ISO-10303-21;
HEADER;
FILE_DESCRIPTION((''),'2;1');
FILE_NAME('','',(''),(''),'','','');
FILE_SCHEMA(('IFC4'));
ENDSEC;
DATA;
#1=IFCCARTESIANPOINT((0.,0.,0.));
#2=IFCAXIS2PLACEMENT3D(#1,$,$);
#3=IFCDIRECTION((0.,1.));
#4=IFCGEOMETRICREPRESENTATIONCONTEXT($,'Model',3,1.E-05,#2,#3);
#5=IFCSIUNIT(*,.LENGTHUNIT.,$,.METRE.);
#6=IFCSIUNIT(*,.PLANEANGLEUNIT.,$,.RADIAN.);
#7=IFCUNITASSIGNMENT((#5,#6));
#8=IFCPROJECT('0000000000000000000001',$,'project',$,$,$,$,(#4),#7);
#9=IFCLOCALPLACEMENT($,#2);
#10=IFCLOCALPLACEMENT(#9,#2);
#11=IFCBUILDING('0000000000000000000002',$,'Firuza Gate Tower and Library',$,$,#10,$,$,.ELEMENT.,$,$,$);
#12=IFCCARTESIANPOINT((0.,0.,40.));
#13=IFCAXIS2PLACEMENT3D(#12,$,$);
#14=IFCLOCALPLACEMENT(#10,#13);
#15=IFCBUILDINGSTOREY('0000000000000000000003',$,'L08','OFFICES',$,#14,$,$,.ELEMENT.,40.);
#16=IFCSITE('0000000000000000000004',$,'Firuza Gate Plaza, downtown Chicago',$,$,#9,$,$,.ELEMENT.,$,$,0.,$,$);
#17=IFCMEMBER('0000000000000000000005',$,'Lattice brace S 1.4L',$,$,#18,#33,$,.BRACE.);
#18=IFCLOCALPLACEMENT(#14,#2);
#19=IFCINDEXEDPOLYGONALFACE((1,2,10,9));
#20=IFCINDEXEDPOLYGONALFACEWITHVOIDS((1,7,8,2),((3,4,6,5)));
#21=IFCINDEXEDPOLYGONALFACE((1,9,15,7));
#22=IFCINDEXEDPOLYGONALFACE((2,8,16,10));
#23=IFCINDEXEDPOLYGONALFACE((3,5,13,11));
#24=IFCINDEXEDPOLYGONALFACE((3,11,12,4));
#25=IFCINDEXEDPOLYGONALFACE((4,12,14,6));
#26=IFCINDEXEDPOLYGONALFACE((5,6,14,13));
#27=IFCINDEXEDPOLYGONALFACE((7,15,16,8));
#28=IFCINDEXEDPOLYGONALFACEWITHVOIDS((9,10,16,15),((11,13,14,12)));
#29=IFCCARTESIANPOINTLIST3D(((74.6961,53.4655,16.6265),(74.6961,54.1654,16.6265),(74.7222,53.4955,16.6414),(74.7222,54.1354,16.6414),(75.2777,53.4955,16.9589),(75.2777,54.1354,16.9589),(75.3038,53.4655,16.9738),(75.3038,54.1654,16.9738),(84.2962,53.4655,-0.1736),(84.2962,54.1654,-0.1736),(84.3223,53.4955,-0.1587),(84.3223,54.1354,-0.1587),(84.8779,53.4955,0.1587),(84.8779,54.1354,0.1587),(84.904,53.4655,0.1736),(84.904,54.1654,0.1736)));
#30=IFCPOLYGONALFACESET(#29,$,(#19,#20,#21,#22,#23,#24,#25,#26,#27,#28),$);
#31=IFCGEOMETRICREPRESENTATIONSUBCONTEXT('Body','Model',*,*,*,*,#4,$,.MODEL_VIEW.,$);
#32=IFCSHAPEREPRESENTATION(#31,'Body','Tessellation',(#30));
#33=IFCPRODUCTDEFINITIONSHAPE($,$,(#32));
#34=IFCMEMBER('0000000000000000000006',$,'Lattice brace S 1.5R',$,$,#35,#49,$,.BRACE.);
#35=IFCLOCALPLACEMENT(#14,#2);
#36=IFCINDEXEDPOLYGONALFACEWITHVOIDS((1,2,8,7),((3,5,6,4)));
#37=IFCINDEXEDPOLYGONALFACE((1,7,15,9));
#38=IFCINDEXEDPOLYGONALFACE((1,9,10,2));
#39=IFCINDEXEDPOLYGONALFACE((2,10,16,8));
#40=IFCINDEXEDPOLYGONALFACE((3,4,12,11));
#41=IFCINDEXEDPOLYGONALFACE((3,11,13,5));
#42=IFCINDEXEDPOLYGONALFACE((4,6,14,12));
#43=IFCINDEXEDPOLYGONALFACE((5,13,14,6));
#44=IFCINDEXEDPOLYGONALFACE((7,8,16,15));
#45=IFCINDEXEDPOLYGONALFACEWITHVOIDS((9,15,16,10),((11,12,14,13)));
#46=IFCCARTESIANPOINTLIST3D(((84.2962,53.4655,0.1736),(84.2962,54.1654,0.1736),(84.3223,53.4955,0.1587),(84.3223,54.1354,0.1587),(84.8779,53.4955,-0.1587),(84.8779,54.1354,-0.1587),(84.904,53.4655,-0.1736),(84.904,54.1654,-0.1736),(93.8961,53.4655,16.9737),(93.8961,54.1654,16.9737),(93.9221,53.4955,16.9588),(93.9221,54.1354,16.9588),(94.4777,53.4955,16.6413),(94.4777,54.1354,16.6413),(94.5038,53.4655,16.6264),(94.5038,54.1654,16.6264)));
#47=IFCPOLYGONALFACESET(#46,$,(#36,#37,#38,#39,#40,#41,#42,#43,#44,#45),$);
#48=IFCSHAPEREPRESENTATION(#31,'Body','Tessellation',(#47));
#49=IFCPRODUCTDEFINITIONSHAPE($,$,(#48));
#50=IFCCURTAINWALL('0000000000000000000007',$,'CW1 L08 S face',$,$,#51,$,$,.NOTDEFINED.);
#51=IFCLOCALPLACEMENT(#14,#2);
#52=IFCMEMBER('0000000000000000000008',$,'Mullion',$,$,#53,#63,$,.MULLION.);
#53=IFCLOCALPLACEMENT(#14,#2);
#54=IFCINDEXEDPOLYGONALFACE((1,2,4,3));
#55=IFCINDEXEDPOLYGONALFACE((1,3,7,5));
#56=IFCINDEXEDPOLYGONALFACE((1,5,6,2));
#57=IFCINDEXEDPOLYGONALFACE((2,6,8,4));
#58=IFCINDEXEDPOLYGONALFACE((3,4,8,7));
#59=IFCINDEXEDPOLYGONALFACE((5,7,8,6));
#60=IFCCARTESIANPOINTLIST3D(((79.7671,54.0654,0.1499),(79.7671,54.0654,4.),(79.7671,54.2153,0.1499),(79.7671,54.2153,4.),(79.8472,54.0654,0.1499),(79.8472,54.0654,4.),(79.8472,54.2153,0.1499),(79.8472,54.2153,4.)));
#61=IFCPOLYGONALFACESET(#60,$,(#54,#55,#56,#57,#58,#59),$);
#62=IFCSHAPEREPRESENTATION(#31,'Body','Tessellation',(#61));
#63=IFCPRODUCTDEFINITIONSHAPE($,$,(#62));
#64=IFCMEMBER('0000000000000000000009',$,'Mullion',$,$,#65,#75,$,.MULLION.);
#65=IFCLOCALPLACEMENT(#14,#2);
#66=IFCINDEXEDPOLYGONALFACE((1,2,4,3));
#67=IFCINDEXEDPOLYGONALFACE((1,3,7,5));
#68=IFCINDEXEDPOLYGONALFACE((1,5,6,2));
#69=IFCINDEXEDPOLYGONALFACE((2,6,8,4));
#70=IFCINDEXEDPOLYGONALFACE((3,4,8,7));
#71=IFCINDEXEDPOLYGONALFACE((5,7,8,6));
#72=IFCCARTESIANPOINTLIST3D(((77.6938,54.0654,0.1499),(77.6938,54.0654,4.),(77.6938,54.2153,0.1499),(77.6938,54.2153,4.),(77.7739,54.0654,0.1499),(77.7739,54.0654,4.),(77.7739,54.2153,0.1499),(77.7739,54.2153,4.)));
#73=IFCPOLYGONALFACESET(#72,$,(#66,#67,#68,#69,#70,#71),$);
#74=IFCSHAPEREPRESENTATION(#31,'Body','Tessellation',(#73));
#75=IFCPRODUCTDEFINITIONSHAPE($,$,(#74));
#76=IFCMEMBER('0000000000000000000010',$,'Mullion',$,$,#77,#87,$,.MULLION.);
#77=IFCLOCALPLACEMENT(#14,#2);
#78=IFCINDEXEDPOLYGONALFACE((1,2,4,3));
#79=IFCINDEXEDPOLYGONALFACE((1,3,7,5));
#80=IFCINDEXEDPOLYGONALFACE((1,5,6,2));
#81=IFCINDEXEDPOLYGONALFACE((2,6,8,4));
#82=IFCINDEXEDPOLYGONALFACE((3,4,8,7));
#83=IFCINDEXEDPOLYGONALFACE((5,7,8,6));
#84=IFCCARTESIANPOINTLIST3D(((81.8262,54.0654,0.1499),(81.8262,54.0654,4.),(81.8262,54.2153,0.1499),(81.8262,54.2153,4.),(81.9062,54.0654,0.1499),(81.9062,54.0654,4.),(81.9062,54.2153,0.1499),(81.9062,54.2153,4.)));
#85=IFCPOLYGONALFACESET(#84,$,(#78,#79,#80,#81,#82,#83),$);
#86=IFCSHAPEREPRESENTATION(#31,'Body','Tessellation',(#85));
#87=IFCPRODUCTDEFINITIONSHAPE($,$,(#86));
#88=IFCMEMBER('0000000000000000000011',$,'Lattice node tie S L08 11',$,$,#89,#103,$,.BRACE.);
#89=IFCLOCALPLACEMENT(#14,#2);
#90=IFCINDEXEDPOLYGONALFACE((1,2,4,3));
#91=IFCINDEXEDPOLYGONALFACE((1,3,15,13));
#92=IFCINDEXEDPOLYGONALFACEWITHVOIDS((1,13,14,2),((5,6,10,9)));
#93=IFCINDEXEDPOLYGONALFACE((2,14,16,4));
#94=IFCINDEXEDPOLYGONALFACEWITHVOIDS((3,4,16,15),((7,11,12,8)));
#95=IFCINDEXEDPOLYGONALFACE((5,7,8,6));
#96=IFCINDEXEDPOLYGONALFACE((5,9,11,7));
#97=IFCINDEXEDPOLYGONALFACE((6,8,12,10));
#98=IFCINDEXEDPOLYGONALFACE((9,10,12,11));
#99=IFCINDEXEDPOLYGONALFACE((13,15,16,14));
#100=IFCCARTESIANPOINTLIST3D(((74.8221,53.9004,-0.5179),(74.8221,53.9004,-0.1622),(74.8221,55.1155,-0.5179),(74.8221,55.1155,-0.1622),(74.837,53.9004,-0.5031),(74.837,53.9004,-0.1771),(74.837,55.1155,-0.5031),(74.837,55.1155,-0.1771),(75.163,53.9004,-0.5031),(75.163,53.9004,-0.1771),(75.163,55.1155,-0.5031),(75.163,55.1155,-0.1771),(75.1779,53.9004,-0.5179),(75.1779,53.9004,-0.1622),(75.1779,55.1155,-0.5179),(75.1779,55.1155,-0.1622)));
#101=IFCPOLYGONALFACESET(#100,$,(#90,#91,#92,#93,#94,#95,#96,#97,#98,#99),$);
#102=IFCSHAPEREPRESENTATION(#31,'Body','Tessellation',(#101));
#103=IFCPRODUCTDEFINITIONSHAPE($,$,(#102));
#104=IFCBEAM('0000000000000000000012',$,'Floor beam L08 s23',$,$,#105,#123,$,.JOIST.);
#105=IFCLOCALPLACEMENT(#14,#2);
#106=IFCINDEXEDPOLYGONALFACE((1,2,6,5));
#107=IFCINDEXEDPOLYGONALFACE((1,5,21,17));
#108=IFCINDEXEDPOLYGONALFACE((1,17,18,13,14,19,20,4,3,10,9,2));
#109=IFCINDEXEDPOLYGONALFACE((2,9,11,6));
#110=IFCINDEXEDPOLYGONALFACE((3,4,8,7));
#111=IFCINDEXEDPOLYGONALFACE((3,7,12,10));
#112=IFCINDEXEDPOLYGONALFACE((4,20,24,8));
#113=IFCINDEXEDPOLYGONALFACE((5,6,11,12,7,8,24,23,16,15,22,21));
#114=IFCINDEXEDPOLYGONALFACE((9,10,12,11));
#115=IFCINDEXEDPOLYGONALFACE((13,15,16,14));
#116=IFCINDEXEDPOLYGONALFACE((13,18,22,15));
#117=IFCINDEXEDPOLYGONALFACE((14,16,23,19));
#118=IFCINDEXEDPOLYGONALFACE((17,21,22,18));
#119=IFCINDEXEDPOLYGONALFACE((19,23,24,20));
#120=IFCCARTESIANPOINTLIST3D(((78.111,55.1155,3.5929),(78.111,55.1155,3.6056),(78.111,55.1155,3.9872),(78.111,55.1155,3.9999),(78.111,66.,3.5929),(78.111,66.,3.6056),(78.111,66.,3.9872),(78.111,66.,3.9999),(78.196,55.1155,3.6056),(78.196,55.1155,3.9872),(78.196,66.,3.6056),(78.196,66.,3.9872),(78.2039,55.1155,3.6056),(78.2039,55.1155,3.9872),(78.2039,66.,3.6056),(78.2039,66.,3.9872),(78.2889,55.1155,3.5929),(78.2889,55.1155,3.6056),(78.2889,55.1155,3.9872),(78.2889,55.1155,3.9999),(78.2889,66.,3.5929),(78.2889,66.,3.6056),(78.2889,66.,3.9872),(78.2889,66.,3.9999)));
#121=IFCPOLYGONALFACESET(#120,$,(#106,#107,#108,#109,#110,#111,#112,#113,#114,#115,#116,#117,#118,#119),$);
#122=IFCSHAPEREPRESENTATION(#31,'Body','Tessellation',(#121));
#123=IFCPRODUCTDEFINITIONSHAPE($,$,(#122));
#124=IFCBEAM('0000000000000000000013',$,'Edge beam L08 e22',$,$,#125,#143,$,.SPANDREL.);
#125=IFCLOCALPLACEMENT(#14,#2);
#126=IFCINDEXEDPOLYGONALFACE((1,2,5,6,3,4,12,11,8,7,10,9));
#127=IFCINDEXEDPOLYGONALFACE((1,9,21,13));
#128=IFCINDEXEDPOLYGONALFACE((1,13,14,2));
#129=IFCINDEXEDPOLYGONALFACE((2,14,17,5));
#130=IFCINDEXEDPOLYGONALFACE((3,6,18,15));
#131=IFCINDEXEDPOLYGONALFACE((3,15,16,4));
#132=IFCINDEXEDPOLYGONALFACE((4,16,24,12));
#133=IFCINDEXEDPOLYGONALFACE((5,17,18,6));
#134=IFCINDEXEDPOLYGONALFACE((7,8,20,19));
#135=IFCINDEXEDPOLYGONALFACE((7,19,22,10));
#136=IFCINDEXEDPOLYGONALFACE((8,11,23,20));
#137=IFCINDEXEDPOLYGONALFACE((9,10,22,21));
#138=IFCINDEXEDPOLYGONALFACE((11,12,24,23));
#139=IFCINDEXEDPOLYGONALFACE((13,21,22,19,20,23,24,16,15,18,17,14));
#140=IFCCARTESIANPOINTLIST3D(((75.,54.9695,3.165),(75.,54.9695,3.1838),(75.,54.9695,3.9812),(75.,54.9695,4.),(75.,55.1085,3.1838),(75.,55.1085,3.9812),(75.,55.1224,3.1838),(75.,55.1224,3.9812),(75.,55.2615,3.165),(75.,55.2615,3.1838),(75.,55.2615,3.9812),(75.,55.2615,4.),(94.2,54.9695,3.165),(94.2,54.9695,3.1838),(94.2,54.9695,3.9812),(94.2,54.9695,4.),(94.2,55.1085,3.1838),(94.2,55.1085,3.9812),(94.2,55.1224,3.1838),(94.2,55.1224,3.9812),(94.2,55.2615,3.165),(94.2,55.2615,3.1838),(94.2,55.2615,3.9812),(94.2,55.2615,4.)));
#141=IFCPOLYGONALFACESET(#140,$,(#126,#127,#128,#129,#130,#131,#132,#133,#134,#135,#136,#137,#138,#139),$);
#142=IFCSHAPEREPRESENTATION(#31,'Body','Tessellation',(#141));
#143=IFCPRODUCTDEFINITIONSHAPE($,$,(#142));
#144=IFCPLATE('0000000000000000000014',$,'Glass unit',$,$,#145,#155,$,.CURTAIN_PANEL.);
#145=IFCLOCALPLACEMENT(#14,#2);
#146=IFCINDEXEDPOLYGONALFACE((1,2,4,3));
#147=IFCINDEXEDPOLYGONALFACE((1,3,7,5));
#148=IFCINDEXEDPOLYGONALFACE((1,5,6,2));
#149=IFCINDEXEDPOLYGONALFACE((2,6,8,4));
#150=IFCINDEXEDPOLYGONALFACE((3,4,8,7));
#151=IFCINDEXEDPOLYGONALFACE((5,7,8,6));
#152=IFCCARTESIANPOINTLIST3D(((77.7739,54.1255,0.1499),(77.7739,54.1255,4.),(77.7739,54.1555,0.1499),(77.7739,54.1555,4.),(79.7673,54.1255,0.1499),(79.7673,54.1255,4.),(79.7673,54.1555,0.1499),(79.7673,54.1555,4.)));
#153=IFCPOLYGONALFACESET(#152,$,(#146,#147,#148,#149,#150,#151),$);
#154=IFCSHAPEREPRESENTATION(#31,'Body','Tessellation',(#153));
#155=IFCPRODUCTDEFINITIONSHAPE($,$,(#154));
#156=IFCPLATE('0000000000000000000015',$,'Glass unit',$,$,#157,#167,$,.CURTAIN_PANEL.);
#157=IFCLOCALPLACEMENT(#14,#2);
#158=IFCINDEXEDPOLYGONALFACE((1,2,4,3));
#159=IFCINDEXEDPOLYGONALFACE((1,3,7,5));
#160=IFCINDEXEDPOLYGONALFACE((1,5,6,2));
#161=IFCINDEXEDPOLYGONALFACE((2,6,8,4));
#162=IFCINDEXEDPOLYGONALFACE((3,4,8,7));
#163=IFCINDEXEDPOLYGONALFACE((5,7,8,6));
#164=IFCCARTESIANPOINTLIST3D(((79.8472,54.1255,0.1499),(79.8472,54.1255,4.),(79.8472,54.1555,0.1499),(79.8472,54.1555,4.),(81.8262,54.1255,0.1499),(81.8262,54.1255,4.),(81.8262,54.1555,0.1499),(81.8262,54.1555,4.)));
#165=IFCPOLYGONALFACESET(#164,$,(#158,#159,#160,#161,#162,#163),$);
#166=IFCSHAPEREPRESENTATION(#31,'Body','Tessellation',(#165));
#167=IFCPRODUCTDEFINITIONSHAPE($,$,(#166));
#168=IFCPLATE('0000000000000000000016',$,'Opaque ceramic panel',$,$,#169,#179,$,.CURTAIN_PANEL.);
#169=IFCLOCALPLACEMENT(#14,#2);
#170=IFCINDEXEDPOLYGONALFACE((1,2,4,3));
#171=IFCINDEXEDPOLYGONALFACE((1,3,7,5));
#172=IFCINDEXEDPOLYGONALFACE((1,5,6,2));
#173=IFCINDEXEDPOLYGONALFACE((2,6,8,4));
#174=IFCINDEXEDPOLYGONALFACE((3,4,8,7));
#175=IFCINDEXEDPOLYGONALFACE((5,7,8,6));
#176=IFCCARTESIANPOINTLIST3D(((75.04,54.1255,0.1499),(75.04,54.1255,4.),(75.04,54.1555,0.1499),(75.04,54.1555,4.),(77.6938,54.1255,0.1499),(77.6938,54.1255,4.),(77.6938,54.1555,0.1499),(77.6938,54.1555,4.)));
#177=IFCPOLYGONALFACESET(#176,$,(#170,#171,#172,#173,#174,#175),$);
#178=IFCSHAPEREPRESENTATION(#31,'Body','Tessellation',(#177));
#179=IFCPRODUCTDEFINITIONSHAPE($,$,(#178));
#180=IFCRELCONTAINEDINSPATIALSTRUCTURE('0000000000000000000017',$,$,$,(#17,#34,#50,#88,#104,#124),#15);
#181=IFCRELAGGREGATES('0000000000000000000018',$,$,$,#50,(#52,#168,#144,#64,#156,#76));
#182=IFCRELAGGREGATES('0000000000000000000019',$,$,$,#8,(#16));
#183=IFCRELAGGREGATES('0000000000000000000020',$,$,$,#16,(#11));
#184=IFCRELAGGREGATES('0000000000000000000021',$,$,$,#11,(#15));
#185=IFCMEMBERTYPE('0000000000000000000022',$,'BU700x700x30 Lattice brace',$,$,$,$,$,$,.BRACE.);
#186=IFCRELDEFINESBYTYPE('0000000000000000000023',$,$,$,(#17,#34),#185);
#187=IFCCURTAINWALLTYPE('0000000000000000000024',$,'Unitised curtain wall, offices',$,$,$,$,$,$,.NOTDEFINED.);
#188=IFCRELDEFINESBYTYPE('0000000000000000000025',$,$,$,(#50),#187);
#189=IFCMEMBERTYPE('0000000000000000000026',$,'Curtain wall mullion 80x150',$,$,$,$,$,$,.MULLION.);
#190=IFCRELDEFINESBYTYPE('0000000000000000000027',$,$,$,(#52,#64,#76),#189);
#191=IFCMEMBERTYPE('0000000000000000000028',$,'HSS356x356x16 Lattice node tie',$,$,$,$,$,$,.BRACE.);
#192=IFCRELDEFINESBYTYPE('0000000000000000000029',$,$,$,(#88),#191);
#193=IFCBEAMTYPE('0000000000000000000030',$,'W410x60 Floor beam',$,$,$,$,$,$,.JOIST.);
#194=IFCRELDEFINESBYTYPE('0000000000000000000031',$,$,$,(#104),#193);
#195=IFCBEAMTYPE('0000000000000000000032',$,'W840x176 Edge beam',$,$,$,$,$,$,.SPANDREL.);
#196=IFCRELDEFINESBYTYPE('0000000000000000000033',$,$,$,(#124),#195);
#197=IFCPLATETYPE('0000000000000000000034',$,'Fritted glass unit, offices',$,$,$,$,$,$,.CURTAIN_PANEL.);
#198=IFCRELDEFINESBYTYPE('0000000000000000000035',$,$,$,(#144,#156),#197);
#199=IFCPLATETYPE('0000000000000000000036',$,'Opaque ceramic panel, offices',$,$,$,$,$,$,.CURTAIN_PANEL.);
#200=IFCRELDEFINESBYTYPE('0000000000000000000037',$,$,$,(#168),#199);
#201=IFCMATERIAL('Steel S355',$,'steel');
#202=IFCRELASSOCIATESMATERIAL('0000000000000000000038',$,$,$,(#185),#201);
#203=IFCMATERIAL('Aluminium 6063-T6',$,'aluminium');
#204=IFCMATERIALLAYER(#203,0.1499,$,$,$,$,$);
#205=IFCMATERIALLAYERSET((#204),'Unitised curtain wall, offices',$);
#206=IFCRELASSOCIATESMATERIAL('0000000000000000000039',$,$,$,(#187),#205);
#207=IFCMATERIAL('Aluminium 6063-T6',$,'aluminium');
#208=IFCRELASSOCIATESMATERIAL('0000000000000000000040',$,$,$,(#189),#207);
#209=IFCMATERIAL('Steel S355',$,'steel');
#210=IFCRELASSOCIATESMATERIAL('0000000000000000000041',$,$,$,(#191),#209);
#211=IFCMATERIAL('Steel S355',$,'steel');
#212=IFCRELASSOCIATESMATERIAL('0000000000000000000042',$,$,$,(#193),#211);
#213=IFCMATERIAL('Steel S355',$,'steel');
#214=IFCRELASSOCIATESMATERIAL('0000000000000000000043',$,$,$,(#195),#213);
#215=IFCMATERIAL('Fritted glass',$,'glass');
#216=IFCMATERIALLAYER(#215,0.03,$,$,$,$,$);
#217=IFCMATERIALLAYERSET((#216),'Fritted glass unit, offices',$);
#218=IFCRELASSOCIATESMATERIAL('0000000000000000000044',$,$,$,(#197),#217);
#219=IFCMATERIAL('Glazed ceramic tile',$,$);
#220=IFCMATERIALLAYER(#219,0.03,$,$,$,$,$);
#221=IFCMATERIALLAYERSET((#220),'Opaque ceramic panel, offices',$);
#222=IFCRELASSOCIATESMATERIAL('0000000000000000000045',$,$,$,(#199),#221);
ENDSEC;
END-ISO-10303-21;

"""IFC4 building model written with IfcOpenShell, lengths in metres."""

from ifc_helpers import new_model, si_unit, direction, frame, origin, origin_2d, place, context, subcontext, project, spatial, polyline, rectangle, hollow_rectangle, i_section, outline, extrude, material, layer, layer_set, material_profile, profile_set, type_object, element, aggregate, save


model = new_model("IFC4")

# Units and contexts
model_context = context("Model", 3, precision=1e-05, world=origin(), true_north=direction((0.0, 1.0)))
body_context = subcontext(model_context, "Body", "Model", "MODEL_VIEW")
ifc_project = project(units=[si_unit("LENGTHUNIT", "METRE"), si_unit("PLANEANGLEUNIT", "RADIAN")], contexts=[model_context])

# Site, building, storey
site_placement = place(None, origin())
site = spatial("IfcSite", under=ifc_project, at=site_placement, Name="Firuza Gate Plaza, downtown Chicago", CompositionType="ELEMENT", RefElevation=0.0)
building_placement = place(site_placement, origin())
building = spatial("IfcBuilding", under=site, at=building_placement, Name="Firuza Gate Tower and Library", CompositionType="ELEMENT")
storey_placement = place(building_placement, frame((0.0, 0.0, 40.0)))
storey = spatial("IfcBuildingStorey", under=building, at=storey_placement, Name="L08", Description="OFFICES", CompositionType="ELEMENT", Elevation=40.0)

# Members
ifc_material_1 = material(Name="Steel S355", Category="steel")
ifc_material_profile_1 = material_profile(ifc_material_1, hollow_rectangle(XDim=0.7, YDim=0.7, WallThickness=0.03, at=origin_2d()))
ifc_profile_set_1 = profile_set([ifc_material_profile_1], Name="Steel S355")
member_type_1 = type_object("IfcMemberType", Name="BU700x700x30 Lattice brace", PredefinedType="BRACE", material=ifc_profile_set_1)
member_1_placement = place(storey_placement, frame((84.6001, 53.8154, 0.0), z_axis=(-0.496142, 0.0, 0.868242), x_axis=(0.0, -1.0, 0.0)))
element("IfcMember", 1, at=member_1_placement, inside=storey, type_object=member_type_1, Name="Lattice brace S 1.4L", PredefinedType="BRACE", context=body_context, shape_type="SweptSolid", body=[
    extrude(hollow_rectangle(XDim=0.7, YDim=0.7, WallThickness=0.03, at=origin_2d()), origin(), (0.0, 0.0, 1.0), 19.3496),
])
member_2_placement = place(storey_placement, frame((84.6001, 53.8154, 0.0), z_axis=(0.496132, 0.0, 0.868247), x_axis=(0.0, 1.0, 0.0)))
element("IfcMember", 2, at=member_2_placement, inside=storey, type_object=member_type_1, Name="Lattice brace S 1.5R", PredefinedType="BRACE", context=body_context, shape_type="SweptSolid", body=[
    extrude(hollow_rectangle(XDim=0.7, YDim=0.7, WallThickness=0.03, at=origin_2d()), origin(), (0.0, 0.0, 1.0), 19.3494),
])

# Curtain wall, members
ifc_material_2 = material(Name="Aluminium 6063-T6", Category="aluminium")
ifc_layer_1 = layer(ifc_material_2, 0.1499)
ifc_layer_set_1 = layer_set([ifc_layer_1], Name="Unitised curtain wall, offices")
curtain_wall_type = type_object("IfcCurtainWallType", Name="Unitised curtain wall, offices", PredefinedType="NOTDEFINED", material=ifc_layer_set_1)
curtain_wall_placement = place(storey_placement, origin())
curtain_wall = element("IfcCurtainWall", 3, at=curtain_wall_placement, inside=storey, type_object=curtain_wall_type, Name="CW1 L08 S face", PredefinedType="NOTDEFINED")
ifc_material_3 = material(Name="Aluminium 6063-T6", Category="aluminium")
ifc_material_profile_2 = material_profile(ifc_material_3, rectangle(XDim=0.1499, YDim=0.0801, at=origin_2d()))
ifc_profile_set_2 = profile_set([ifc_material_profile_2], Name="Aluminium 6063-T6")
member_type_2 = type_object("IfcMemberType", Name="Curtain wall mullion 80x150", PredefinedType="MULLION", material=ifc_profile_set_2)
member_3_placement = place(storey_placement, frame((79.8071, 54.1404, 0.1499), z_axis=(0.0, 0.0, 1.0), x_axis=(0.0, 1.0, 0.0)))
member_3 = element("IfcMember", 4, at=member_3_placement, type_object=member_type_2, Name="Mullion", PredefinedType="MULLION", context=body_context, shape_type="SweptSolid", body=[
    extrude(rectangle(XDim=0.1499, YDim=0.0801, at=origin_2d()), origin(), (0.0, 0.0, 1.0), 3.8501),
])
member_4_placement = place(storey_placement, frame((77.7339, 54.1404, 0.1499), z_axis=(0.0, 0.0, 1.0), x_axis=(0.0, 1.0, 0.0)))
member_4 = element("IfcMember", 5, at=member_4_placement, type_object=member_type_2, Name="Mullion", PredefinedType="MULLION", context=body_context, shape_type="SweptSolid", body=[
    extrude(rectangle(XDim=0.1499, YDim=0.0801, at=origin_2d()), origin(), (0.0, 0.0, 1.0), 3.8501),
])
member_5_placement = place(storey_placement, frame((81.8662, 54.1404, 0.1499), z_axis=(0.0, 0.0, 1.0), x_axis=(0.0, 1.0, 0.0)))
member_5 = element("IfcMember", 6, at=member_5_placement, type_object=member_type_2, Name="Mullion", PredefinedType="MULLION", context=body_context, shape_type="SweptSolid", body=[
    extrude(rectangle(XDim=0.1499, YDim=0.0801, at=origin_2d()), origin(), (0.0, 0.0, 1.0), 3.8501),
])

# Member
ifc_material_4 = material(Name="Steel S355", Category="steel")
ifc_material_profile_3 = material_profile(ifc_material_4, hollow_rectangle(XDim=0.3557, YDim=0.3557, WallThickness=0.0149, at=origin_2d()))
ifc_profile_set_3 = profile_set([ifc_material_profile_3], Name="Steel S355")
member_type_3 = type_object("IfcMemberType", Name="HSS356x356x16 Lattice node tie", PredefinedType="BRACE", material=ifc_profile_set_3)
member_6_placement = place(storey_placement, frame((75.0, 55.1155, -0.3401), z_axis=(0.0, -1.0, 0.0), x_axis=(1.0, 0.0, 0.0)))
element("IfcMember", 7, at=member_6_placement, inside=storey, type_object=member_type_3, Name="Lattice node tie S L08 11", PredefinedType="BRACE", context=body_context, shape_type="SweptSolid", body=[
    extrude(hollow_rectangle(XDim=0.3557, YDim=0.3557, WallThickness=0.0149, at=origin_2d()), origin(), (0.0, 0.0, 1.0), 1.2151),
])

# Beams
ifc_material_5 = material(Name="Steel S355", Category="steel")
ifc_material_profile_4 = material_profile(ifc_material_5, i_section(OverallWidth=0.178, OverallDepth=0.407, WebThickness=0.0078, FlangeThickness=0.0127, at=origin_2d()))
ifc_profile_set_4 = profile_set([ifc_material_profile_4], Name="Steel S355")
beam_type_1 = type_object("IfcBeamType", Name="W410x60 Floor beam", PredefinedType="JOIST", material=ifc_profile_set_4)
beam_1_placement = place(storey_placement, frame((78.2, 55.1155, 3.7964), z_axis=(0.0, 1.0, 0.0), x_axis=(-1.0, 0.0, 0.0)))
element("IfcBeam", 8, at=beam_1_placement, inside=storey, type_object=beam_type_1, Name="Floor beam L08 s23", PredefinedType="JOIST", context=body_context, shape_type="SweptSolid", body=[
    extrude(i_section(OverallWidth=0.178, OverallDepth=0.407, WebThickness=0.0078, FlangeThickness=0.0127, at=origin_2d()), origin(), (0.0, 0.0, 1.0), 10.8845),
])
ifc_material_6 = material(Name="Steel S355", Category="steel")
ifc_material_profile_5 = material_profile(ifc_material_6, i_section(OverallWidth=0.292, OverallDepth=0.835, WebThickness=0.0139, FlangeThickness=0.0188, at=origin_2d()))
ifc_profile_set_5 = profile_set([ifc_material_profile_5], Name="Steel S355")
beam_type_2 = type_object("IfcBeamType", Name="W840x176 Edge beam", PredefinedType="SPANDREL", material=ifc_profile_set_5)
beam_2_placement = place(storey_placement, frame((75.0, 55.1155, 3.5825), z_axis=(1.0, 0.0, 0.0), x_axis=(0.0, 1.0, 0.0)))
element("IfcBeam", 9, at=beam_2_placement, inside=storey, type_object=beam_type_2, Name="Edge beam L08 e22", PredefinedType="SPANDREL", context=body_context, shape_type="SweptSolid", body=[
    extrude(i_section(OverallWidth=0.292, OverallDepth=0.835, WebThickness=0.0139, FlangeThickness=0.0188, at=origin_2d()), origin(), (0.0, 0.0, 1.0), 19.2),
])

# Plates
ifc_material_7 = material(Name="Fritted glass", Category="glass")
ifc_layer_2 = layer(ifc_material_7, 0.03)
ifc_layer_set_2 = layer_set([ifc_layer_2], Name="Fritted glass unit, offices")
plate_type_1 = type_object("IfcPlateType", Name="Fritted glass unit, offices", PredefinedType="CURTAIN_PANEL", material=ifc_layer_set_2)
plate_1_placement = place(storey_placement, frame((77.7739, 54.1255, 0.1499), z_axis=(0.0, -1.0, 0.0), x_axis=(1.0, 0.0, 0.0)))
plate_1 = element("IfcPlate", 10, at=plate_1_placement, type_object=plate_type_1, Name="Glass unit", PredefinedType="CURTAIN_PANEL", context=body_context, shape_type="SweptSolid", body=[
    extrude(outline(polyline([(0.0, 0.0), (1.9934, 0.0), (1.9934, 3.8501), (0.0, 3.8501), (0.0, 0.0)])), origin(), (0.0, 0.0, -1.0), 0.03),
])
plate_2_placement = place(storey_placement, frame((79.8472, 54.1255, 0.1499), z_axis=(0.0, -1.0, 0.0), x_axis=(1.0, 0.0, 0.0)))
plate_2 = element("IfcPlate", 11, at=plate_2_placement, type_object=plate_type_1, Name="Glass unit", PredefinedType="CURTAIN_PANEL", context=body_context, shape_type="SweptSolid", body=[
    extrude(outline(polyline([(0.0, 0.0), (1.979, 0.0), (1.979, 3.8501), (0.0, 3.8501), (0.0, 0.0)])), origin(), (0.0, 0.0, -1.0), 0.03),
])
ifc_material_8 = material(Name="Glazed ceramic tile")
ifc_layer_3 = layer(ifc_material_8, 0.03)
ifc_layer_set_3 = layer_set([ifc_layer_3], Name="Opaque ceramic panel, offices")
plate_type_2 = type_object("IfcPlateType", Name="Opaque ceramic panel, offices", PredefinedType="CURTAIN_PANEL", material=ifc_layer_set_3)
plate_3_placement = place(storey_placement, frame((75.04, 54.1255, 0.1499), z_axis=(0.0, -1.0, 0.0), x_axis=(1.0, 0.0, 0.0)))
plate_3 = element("IfcPlate", 12, at=plate_3_placement, type_object=plate_type_2, Name="Opaque ceramic panel", PredefinedType="CURTAIN_PANEL", context=body_context, shape_type="SweptSolid", body=[
    extrude(outline(polyline([(0.0, 0.0), (2.6538, 0.0), (2.6538, 3.8501), (0.0, 3.8501), (0.0, 0.0)])), origin(), (0.0, 0.0, -1.0), 0.03),
])
aggregate(curtain_wall, [member_3, plate_3, plate_1, member_4, plate_2, member_5])

save(model, "model.ifc")
